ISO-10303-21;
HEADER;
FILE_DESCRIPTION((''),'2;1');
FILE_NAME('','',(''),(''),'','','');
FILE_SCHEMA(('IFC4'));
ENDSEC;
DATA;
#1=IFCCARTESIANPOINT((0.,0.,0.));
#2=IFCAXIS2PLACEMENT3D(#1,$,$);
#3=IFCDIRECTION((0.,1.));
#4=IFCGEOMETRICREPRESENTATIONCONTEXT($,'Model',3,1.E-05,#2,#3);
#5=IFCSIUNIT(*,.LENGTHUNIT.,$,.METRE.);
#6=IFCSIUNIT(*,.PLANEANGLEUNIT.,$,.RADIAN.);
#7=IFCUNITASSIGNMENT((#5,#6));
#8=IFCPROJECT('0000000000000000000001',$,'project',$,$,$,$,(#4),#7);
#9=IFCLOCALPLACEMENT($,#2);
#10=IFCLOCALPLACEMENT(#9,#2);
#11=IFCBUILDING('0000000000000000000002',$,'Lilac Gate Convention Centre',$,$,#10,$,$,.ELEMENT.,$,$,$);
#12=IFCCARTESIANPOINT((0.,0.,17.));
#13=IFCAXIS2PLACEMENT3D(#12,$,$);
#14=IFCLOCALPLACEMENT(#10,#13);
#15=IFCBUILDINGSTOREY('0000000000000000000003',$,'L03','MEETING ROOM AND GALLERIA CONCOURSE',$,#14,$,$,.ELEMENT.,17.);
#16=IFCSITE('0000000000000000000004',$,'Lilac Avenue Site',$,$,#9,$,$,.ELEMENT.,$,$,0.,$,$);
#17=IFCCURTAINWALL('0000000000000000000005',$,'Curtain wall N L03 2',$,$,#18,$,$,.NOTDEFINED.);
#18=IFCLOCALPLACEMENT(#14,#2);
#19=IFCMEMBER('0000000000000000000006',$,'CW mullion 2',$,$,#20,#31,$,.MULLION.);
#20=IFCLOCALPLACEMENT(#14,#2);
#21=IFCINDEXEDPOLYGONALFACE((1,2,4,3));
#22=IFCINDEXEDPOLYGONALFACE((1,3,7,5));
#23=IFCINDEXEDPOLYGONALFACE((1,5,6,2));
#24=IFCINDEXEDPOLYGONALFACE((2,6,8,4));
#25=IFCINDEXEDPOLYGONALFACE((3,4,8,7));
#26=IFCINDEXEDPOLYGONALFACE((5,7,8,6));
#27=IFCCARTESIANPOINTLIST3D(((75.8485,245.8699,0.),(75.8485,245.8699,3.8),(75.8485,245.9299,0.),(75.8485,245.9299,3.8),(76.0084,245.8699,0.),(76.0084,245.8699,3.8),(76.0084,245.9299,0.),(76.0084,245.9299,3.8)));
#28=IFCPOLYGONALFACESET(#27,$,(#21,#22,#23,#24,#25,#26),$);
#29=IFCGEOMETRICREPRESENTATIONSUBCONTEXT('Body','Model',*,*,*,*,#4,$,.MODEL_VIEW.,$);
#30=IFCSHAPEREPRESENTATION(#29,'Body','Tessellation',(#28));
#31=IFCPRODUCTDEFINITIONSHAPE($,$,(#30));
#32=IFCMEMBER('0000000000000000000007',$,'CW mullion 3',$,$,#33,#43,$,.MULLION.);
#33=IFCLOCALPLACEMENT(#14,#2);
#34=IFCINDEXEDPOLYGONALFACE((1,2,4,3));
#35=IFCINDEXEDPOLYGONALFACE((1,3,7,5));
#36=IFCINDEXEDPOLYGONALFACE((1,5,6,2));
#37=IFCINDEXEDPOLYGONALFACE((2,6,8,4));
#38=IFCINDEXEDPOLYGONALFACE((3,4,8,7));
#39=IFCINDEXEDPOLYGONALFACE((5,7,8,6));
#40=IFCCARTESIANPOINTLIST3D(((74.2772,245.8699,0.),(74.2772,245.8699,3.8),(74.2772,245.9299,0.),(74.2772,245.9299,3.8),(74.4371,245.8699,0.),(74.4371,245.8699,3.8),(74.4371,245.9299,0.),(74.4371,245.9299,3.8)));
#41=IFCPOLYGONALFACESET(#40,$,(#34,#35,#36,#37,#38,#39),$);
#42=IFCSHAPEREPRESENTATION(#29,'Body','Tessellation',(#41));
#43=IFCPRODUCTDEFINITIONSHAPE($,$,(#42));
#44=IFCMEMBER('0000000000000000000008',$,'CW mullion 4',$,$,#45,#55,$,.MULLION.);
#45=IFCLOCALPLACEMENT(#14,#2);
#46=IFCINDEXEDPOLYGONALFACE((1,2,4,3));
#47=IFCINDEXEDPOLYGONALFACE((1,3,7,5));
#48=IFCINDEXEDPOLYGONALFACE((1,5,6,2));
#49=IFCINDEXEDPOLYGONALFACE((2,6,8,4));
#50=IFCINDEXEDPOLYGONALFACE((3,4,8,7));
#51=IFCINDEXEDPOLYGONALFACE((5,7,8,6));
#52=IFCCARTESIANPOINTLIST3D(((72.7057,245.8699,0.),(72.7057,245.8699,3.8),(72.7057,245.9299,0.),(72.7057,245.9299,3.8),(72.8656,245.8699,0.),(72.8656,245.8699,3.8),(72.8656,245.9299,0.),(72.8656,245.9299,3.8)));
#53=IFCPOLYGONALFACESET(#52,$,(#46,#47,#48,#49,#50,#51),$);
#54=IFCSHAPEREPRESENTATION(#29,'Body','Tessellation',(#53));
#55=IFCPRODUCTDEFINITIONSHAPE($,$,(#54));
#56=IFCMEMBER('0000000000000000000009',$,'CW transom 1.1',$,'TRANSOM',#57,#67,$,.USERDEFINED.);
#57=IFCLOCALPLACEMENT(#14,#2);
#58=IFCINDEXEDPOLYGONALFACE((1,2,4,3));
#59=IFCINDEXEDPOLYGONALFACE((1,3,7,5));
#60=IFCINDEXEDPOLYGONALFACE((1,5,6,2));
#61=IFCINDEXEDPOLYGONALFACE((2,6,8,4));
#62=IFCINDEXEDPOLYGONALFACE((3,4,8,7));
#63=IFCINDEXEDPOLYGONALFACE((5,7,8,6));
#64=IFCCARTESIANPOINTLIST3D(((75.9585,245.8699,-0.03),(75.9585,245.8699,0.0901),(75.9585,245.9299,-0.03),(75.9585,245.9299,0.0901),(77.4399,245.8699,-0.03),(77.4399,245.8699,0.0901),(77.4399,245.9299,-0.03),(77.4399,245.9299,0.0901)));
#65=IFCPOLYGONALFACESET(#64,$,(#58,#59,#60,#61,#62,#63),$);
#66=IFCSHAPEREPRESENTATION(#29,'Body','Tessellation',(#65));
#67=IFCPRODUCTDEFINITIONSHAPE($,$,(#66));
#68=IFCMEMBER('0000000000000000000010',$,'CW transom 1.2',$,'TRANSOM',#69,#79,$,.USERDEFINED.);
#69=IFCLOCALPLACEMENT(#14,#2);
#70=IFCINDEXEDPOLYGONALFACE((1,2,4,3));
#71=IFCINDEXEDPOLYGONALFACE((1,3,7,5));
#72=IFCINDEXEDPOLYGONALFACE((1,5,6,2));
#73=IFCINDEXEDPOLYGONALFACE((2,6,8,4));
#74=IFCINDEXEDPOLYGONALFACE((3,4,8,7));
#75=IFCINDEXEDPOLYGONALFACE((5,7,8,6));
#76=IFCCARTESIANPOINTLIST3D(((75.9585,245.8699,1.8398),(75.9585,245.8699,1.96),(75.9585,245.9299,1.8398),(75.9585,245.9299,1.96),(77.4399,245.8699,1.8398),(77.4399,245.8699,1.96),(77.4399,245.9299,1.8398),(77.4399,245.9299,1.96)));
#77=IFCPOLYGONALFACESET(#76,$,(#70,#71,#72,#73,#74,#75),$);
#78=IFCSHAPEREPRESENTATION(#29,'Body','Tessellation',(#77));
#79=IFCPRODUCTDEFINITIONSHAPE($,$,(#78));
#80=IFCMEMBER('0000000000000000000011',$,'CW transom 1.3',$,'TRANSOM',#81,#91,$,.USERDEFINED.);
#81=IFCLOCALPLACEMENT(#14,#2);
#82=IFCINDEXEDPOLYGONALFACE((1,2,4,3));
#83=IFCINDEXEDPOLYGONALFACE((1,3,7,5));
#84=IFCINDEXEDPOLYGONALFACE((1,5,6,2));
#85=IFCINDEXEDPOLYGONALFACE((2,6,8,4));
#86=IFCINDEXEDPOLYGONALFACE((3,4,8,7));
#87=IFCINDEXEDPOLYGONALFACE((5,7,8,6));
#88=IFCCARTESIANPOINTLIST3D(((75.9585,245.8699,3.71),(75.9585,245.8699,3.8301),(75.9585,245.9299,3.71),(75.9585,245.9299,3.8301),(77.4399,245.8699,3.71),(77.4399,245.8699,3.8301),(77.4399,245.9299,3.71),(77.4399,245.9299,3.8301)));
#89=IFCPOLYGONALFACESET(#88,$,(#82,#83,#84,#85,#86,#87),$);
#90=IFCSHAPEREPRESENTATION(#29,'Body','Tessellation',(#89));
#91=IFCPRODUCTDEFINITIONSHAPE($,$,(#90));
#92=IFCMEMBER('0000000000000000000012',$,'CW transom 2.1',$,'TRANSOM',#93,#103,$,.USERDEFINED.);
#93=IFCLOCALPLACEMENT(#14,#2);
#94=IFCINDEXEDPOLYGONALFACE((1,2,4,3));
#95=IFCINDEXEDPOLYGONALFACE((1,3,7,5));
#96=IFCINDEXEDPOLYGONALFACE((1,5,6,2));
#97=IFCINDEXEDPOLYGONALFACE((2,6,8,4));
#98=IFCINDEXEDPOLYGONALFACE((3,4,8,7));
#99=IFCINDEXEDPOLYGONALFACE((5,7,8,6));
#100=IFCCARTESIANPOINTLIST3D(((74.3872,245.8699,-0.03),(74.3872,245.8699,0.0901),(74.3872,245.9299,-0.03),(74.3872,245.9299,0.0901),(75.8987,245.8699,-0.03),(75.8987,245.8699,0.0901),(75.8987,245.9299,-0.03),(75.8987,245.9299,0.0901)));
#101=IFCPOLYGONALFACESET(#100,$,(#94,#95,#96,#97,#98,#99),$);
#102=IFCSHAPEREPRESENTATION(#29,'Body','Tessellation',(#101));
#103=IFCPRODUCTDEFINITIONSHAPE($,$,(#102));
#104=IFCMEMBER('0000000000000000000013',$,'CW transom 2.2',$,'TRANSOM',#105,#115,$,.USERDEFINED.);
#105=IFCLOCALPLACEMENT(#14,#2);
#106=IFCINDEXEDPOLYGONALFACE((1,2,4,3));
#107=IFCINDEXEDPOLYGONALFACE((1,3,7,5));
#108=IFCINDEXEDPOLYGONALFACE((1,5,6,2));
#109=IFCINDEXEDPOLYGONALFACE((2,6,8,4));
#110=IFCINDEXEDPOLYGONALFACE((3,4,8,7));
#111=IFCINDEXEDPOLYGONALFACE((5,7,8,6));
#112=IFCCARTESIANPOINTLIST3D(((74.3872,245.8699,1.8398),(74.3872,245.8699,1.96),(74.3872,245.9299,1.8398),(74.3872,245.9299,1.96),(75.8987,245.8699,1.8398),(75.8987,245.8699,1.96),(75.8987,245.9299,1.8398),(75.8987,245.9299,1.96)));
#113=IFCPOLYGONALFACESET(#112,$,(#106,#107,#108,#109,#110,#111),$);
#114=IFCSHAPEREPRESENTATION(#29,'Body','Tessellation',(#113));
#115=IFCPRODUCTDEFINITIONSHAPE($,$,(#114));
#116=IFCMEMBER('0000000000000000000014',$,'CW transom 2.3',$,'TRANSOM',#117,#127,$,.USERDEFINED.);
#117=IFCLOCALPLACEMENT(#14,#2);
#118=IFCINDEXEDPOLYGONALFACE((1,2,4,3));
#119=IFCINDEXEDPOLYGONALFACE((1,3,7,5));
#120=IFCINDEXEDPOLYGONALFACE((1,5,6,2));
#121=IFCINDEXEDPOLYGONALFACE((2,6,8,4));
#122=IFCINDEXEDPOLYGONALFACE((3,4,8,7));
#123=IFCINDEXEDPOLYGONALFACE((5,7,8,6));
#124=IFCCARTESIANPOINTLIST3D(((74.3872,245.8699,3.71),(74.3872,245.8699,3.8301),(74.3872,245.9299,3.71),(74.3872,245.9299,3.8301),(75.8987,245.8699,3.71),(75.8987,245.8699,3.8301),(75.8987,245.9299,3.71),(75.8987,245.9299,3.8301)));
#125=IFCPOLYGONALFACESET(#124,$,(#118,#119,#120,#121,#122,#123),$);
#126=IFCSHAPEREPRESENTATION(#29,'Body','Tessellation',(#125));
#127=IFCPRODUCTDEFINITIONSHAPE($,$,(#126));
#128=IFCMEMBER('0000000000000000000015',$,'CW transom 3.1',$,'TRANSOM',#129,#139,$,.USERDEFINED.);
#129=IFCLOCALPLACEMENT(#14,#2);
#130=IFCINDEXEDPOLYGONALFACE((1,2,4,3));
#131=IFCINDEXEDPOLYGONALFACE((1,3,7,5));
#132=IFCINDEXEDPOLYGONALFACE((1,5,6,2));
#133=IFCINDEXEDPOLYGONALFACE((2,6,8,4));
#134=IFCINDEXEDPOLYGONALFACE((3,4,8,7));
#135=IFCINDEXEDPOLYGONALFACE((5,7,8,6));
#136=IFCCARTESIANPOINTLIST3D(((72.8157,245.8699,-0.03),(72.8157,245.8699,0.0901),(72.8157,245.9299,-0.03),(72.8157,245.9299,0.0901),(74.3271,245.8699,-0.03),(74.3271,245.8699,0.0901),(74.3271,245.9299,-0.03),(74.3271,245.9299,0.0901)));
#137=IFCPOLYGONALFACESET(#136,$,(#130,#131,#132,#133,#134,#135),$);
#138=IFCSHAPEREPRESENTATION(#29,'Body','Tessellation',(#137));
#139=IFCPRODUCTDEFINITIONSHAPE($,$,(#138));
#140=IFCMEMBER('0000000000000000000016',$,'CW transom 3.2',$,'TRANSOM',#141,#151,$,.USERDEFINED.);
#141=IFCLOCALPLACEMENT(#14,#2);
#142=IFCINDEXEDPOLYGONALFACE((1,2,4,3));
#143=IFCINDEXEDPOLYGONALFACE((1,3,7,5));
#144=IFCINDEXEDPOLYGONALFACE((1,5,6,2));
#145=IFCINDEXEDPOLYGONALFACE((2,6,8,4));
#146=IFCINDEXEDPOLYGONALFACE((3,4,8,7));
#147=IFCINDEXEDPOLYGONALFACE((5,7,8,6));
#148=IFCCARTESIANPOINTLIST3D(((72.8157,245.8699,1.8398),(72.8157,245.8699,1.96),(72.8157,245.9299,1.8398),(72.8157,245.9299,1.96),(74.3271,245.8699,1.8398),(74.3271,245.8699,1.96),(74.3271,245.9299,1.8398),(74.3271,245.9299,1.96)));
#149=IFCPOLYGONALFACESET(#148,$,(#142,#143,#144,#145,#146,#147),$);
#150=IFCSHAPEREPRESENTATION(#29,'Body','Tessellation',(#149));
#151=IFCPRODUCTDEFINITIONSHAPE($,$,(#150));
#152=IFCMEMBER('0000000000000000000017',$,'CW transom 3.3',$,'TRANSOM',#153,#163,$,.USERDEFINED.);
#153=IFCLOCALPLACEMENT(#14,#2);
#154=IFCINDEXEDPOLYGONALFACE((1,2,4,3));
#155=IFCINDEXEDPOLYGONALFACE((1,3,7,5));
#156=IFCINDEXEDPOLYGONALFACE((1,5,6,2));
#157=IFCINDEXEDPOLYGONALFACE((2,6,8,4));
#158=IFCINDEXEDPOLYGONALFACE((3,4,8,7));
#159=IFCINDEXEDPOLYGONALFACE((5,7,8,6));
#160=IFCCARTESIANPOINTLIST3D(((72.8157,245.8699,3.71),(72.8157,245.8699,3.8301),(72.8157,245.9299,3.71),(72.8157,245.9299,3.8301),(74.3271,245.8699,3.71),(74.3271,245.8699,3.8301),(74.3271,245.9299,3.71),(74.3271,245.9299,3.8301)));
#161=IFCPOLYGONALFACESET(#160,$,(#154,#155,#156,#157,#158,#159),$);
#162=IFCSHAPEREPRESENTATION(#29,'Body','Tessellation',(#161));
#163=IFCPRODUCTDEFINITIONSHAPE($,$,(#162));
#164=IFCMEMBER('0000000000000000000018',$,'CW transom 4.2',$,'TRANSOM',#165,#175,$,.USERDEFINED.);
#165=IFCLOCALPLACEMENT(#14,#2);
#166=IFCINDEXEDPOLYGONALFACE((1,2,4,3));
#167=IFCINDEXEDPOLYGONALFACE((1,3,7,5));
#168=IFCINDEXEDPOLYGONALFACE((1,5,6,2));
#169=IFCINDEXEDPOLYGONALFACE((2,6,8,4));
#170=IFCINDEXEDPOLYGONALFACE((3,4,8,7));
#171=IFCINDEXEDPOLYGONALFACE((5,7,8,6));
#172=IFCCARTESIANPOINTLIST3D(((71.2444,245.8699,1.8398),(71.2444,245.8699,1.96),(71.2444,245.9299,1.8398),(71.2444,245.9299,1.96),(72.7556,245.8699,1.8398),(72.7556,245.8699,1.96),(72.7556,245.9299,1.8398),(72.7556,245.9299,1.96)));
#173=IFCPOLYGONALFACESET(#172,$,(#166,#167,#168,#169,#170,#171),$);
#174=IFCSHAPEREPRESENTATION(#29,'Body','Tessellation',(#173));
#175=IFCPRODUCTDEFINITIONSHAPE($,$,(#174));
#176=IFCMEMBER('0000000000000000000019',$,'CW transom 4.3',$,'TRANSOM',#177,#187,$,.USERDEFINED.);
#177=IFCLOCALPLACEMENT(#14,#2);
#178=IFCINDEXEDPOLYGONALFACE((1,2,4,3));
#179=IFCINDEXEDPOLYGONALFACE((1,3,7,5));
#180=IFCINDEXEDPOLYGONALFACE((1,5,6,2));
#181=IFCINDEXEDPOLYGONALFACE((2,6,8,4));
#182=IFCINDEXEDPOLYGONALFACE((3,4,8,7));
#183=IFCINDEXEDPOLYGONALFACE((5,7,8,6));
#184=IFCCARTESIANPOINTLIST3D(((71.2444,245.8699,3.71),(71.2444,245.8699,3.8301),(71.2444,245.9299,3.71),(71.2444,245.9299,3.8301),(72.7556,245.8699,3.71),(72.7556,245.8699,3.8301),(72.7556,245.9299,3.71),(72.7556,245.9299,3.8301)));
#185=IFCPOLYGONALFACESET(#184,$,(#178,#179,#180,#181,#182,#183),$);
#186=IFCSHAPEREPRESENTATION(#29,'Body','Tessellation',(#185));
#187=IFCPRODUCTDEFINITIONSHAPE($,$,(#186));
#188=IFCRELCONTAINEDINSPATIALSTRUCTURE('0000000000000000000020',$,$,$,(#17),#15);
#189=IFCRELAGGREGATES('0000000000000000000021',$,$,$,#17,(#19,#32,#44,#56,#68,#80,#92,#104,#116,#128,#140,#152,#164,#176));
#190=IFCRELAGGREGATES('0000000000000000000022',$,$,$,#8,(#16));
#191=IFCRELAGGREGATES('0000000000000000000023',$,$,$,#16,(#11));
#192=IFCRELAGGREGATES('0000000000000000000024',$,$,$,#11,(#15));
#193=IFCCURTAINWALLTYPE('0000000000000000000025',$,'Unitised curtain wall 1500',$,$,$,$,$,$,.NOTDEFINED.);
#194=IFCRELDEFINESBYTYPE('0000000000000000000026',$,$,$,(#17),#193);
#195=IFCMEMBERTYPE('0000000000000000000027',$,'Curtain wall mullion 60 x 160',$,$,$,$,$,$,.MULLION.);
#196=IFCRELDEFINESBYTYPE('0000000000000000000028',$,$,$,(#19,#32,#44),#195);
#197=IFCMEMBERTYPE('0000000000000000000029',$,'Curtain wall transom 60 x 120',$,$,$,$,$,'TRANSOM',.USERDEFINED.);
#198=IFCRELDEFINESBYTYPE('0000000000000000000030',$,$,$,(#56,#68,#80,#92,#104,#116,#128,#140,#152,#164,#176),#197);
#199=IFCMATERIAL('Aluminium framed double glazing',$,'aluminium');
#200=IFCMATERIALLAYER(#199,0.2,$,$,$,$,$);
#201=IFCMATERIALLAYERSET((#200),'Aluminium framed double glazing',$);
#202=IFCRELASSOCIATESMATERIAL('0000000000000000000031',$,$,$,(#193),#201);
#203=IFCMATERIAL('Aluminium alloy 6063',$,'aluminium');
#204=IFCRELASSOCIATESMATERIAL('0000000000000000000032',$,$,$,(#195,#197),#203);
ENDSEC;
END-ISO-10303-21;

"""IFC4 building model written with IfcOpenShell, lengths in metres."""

from ifc_helpers import new_model, si_unit, direction, frame, origin, origin_2d, place, context, subcontext, project, spatial, rectangle, extrude, material, layer, layer_set, material_profile, profile_set, type_object, element, aggregate, save


model = new_model("IFC4")

# Units and contexts
model_context = context("Model", 3, precision=1e-05, world=origin(), true_north=direction((0.0, 1.0)))
body_context = subcontext(model_context, "Body", "Model", "MODEL_VIEW")
ifc_project = project(units=[si_unit("LENGTHUNIT", "METRE"), si_unit("PLANEANGLEUNIT", "RADIAN")], contexts=[model_context])

# Site, building, storey
site_placement = place(None, origin())
site = spatial("IfcSite", under=ifc_project, at=site_placement, Name="Lilac Avenue Site", CompositionType="ELEMENT", RefElevation=0.0)
building_placement = place(site_placement, origin())
building = spatial("IfcBuilding", under=site, at=building_placement, Name="Lilac Gate Convention Centre", CompositionType="ELEMENT")
storey_placement = place(building_placement, frame((0.0, 0.0, 17.0)))
storey = spatial("IfcBuildingStorey", under=building, at=storey_placement, Name="L03", Description="MEETING ROOM AND GALLERIA CONCOURSE", CompositionType="ELEMENT", Elevation=17.0)

# Curtain wall, members
ifc_material_1 = material(Name="Aluminium framed double glazing", Category="aluminium")
ifc_layer_1 = layer(ifc_material_1, 0.2)
ifc_layer_set_1 = layer_set([ifc_layer_1], Name="Aluminium framed double glazing")
curtain_wall_type = type_object("IfcCurtainWallType", Name="Unitised curtain wall 1500", PredefinedType="NOTDEFINED", material=ifc_layer_set_1)
curtain_wall_placement = place(storey_placement, origin())
curtain_wall = element("IfcCurtainWall", 1, at=curtain_wall_placement, inside=storey, type_object=curtain_wall_type, Name="Curtain wall N L03 2", PredefinedType="NOTDEFINED")
ifc_material_2 = material(Name="Aluminium alloy 6063", Category="aluminium")
ifc_material_profile_1 = material_profile(ifc_material_2, rectangle(XDim=0.0601, YDim=0.1599, at=origin_2d()), Name="Curtain wall mullion 60 x 160")
ifc_profile_set_1 = profile_set([ifc_material_profile_1], Name="Aluminium alloy 6063")
member_type_1 = type_object("IfcMemberType", Name="Curtain wall mullion 60 x 160", PredefinedType="MULLION", material=ifc_profile_set_1)
member_1_placement = place(storey_placement, frame((75.9285, 245.8999, 0.0), z_axis=(0.0, 0.0, 1.0), x_axis=(0.0, -1.0, 0.0)))
member_1 = element("IfcMember", 2, at=member_1_placement, type_object=member_type_1, Name="CW mullion 2", PredefinedType="MULLION", context=body_context, shape_type="SweptSolid", body=[
    extrude(rectangle(XDim=0.0601, YDim=0.1599, at=origin_2d()), origin(), (0.0, 0.0, 1.0), 3.8),
])
member_2_placement = place(storey_placement, frame((74.3572, 245.8999, 0.0), z_axis=(0.0, 0.0, 1.0), x_axis=(0.0, -1.0, 0.0)))
member_2 = element("IfcMember", 3, at=member_2_placement, type_object=member_type_1, Name="CW mullion 3", PredefinedType="MULLION", context=body_context, shape_type="SweptSolid", body=[
    extrude(rectangle(XDim=0.0601, YDim=0.1599, at=origin_2d()), origin(), (0.0, 0.0, 1.0), 3.8),
])
member_3_placement = place(storey_placement, frame((72.7856, 245.8999, 0.0), z_axis=(0.0, 0.0, 1.0), x_axis=(0.0, -1.0, 0.0)))
member_3 = element("IfcMember", 4, at=member_3_placement, type_object=member_type_1, Name="CW mullion 4", PredefinedType="MULLION", context=body_context, shape_type="SweptSolid", body=[
    extrude(rectangle(XDim=0.0601, YDim=0.1599, at=origin_2d()), origin(), (0.0, 0.0, 1.0), 3.8),
])
ifc_material_profile_2 = material_profile(ifc_material_2, rectangle(XDim=0.0601, YDim=0.1201, at=origin_2d()), Name="Curtain wall transom 60 x 120")
ifc_profile_set_2 = profile_set([ifc_material_profile_2], Name="Aluminium alloy 6063")
member_type_2 = type_object("IfcMemberType", Name="Curtain wall transom 60 x 120", ElementType="TRANSOM", PredefinedType="USERDEFINED", material=ifc_profile_set_2)
member_4_placement = place(storey_placement, frame((77.4399, 245.8999, 0.03), z_axis=(-1.0, 0.0, 0.0), x_axis=(0.0, -1.0, 0.0)))
member_4 = element("IfcMember", 5, at=member_4_placement, type_object=member_type_2, Name="CW transom 1.1", ObjectType="TRANSOM", PredefinedType="USERDEFINED", context=body_context, shape_type="SweptSolid", body=[
    extrude(rectangle(XDim=0.0601, YDim=0.1201, at=origin_2d()), origin(), (0.0, 0.0, 1.0), 1.4814),
])
member_5_placement = place(storey_placement, frame((77.4399, 245.8999, 1.8999), z_axis=(-1.0, 0.0, 0.0), x_axis=(0.0, -1.0, 0.0)))
member_5 = element("IfcMember", 6, at=member_5_placement, type_object=member_type_2, Name="CW transom 1.2", ObjectType="TRANSOM", PredefinedType="USERDEFINED", context=body_context, shape_type="SweptSolid", body=[
    extrude(rectangle(XDim=0.0601, YDim=0.1201, at=origin_2d()), origin(), (0.0, 0.0, 1.0), 1.4814),
])
member_6_placement = place(storey_placement, frame((77.4399, 245.8999, 3.77), z_axis=(-1.0, 0.0, 0.0), x_axis=(0.0, -1.0, 0.0)))
member_6 = element("IfcMember", 7, at=member_6_placement, type_object=member_type_2, Name="CW transom 1.3", ObjectType="TRANSOM", PredefinedType="USERDEFINED", context=body_context, shape_type="SweptSolid", body=[
    extrude(rectangle(XDim=0.0601, YDim=0.1201, at=origin_2d()), origin(), (0.0, 0.0, 1.0), 1.4814),
])
member_7_placement = place(storey_placement, frame((75.8987, 245.8999, 0.03), z_axis=(-1.0, 0.0, 0.0), x_axis=(0.0, -1.0, 0.0)))
member_7 = element("IfcMember", 8, at=member_7_placement, type_object=member_type_2, Name="CW transom 2.1", ObjectType="TRANSOM", PredefinedType="USERDEFINED", context=body_context, shape_type="SweptSolid", body=[
    extrude(rectangle(XDim=0.0601, YDim=0.1201, at=origin_2d()), origin(), (0.0, 0.0, 1.0), 1.5115),
])
member_8_placement = place(storey_placement, frame((75.8987, 245.8999, 1.8999), z_axis=(-1.0, 0.0, 0.0), x_axis=(0.0, -1.0, 0.0)))
member_8 = element("IfcMember", 9, at=member_8_placement, type_object=member_type_2, Name="CW transom 2.2", ObjectType="TRANSOM", PredefinedType="USERDEFINED", context=body_context, shape_type="SweptSolid", body=[
    extrude(rectangle(XDim=0.0601, YDim=0.1201, at=origin_2d()), origin(), (0.0, 0.0, 1.0), 1.5115),
])
member_9_placement = place(storey_placement, frame((75.8987, 245.8999, 3.77), z_axis=(-1.0, 0.0, 0.0), x_axis=(0.0, -1.0, 0.0)))
member_9 = element("IfcMember", 10, at=member_9_placement, type_object=member_type_2, Name="CW transom 2.3", ObjectType="TRANSOM", PredefinedType="USERDEFINED", context=body_context, shape_type="SweptSolid", body=[
    extrude(rectangle(XDim=0.0601, YDim=0.1201, at=origin_2d()), origin(), (0.0, 0.0, 1.0), 1.5115),
])
member_10_placement = place(storey_placement, frame((74.3271, 245.8999, 0.03), z_axis=(-1.0, 0.0, 0.0), x_axis=(0.0, -1.0, 0.0)))
member_10 = element("IfcMember", 11, at=member_10_placement, type_object=member_type_2, Name="CW transom 3.1", ObjectType="TRANSOM", PredefinedType="USERDEFINED", context=body_context, shape_type="SweptSolid", body=[
    extrude(rectangle(XDim=0.0601, YDim=0.1201, at=origin_2d()), origin(), (0.0, 0.0, 1.0), 1.5115),
])
member_11_placement = place(storey_placement, frame((74.3271, 245.8999, 1.8999), z_axis=(-1.0, 0.0, 0.0), x_axis=(0.0, -1.0, 0.0)))
member_11 = element("IfcMember", 12, at=member_11_placement, type_object=member_type_2, Name="CW transom 3.2", ObjectType="TRANSOM", PredefinedType="USERDEFINED", context=body_context, shape_type="SweptSolid", body=[
    extrude(rectangle(XDim=0.0601, YDim=0.1201, at=origin_2d()), origin(), (0.0, 0.0, 1.0), 1.5115),
])
member_12_placement = place(storey_placement, frame((74.3271, 245.8999, 3.77), z_axis=(-1.0, 0.0, 0.0), x_axis=(0.0, -1.0, 0.0)))
member_12 = element("IfcMember", 13, at=member_12_placement, type_object=member_type_2, Name="CW transom 3.3", ObjectType="TRANSOM", PredefinedType="USERDEFINED", context=body_context, shape_type="SweptSolid", body=[
    extrude(rectangle(XDim=0.0601, YDim=0.1201, at=origin_2d()), origin(), (0.0, 0.0, 1.0), 1.5115),
])
member_13_placement = place(storey_placement, frame((72.7556, 245.8999, 1.8999), z_axis=(-1.0, 0.0, 0.0), x_axis=(0.0, -1.0, 0.0)))
member_13 = element("IfcMember", 14, at=member_13_placement, type_object=member_type_2, Name="CW transom 4.2", ObjectType="TRANSOM", PredefinedType="USERDEFINED", context=body_context, shape_type="SweptSolid", body=[
    extrude(rectangle(XDim=0.0601, YDim=0.1201, at=origin_2d()), origin(), (0.0, 0.0, 1.0), 1.5112),
])
member_14_placement = place(storey_placement, frame((72.7556, 245.8999, 3.77), z_axis=(-1.0, 0.0, 0.0), x_axis=(0.0, -1.0, 0.0)))
member_14 = element("IfcMember", 15, at=member_14_placement, type_object=member_type_2, Name="CW transom 4.3", ObjectType="TRANSOM", PredefinedType="USERDEFINED", context=body_context, shape_type="SweptSolid", body=[
    extrude(rectangle(XDim=0.0601, YDim=0.1201, at=origin_2d()), origin(), (0.0, 0.0, 1.0), 1.5112),
])
aggregate(curtain_wall, [member_1, member_2, member_3, member_4, member_5, member_6, member_7, member_8, member_9, member_10, member_11, member_12, member_13, member_14])

save(model, "model.ifc")
